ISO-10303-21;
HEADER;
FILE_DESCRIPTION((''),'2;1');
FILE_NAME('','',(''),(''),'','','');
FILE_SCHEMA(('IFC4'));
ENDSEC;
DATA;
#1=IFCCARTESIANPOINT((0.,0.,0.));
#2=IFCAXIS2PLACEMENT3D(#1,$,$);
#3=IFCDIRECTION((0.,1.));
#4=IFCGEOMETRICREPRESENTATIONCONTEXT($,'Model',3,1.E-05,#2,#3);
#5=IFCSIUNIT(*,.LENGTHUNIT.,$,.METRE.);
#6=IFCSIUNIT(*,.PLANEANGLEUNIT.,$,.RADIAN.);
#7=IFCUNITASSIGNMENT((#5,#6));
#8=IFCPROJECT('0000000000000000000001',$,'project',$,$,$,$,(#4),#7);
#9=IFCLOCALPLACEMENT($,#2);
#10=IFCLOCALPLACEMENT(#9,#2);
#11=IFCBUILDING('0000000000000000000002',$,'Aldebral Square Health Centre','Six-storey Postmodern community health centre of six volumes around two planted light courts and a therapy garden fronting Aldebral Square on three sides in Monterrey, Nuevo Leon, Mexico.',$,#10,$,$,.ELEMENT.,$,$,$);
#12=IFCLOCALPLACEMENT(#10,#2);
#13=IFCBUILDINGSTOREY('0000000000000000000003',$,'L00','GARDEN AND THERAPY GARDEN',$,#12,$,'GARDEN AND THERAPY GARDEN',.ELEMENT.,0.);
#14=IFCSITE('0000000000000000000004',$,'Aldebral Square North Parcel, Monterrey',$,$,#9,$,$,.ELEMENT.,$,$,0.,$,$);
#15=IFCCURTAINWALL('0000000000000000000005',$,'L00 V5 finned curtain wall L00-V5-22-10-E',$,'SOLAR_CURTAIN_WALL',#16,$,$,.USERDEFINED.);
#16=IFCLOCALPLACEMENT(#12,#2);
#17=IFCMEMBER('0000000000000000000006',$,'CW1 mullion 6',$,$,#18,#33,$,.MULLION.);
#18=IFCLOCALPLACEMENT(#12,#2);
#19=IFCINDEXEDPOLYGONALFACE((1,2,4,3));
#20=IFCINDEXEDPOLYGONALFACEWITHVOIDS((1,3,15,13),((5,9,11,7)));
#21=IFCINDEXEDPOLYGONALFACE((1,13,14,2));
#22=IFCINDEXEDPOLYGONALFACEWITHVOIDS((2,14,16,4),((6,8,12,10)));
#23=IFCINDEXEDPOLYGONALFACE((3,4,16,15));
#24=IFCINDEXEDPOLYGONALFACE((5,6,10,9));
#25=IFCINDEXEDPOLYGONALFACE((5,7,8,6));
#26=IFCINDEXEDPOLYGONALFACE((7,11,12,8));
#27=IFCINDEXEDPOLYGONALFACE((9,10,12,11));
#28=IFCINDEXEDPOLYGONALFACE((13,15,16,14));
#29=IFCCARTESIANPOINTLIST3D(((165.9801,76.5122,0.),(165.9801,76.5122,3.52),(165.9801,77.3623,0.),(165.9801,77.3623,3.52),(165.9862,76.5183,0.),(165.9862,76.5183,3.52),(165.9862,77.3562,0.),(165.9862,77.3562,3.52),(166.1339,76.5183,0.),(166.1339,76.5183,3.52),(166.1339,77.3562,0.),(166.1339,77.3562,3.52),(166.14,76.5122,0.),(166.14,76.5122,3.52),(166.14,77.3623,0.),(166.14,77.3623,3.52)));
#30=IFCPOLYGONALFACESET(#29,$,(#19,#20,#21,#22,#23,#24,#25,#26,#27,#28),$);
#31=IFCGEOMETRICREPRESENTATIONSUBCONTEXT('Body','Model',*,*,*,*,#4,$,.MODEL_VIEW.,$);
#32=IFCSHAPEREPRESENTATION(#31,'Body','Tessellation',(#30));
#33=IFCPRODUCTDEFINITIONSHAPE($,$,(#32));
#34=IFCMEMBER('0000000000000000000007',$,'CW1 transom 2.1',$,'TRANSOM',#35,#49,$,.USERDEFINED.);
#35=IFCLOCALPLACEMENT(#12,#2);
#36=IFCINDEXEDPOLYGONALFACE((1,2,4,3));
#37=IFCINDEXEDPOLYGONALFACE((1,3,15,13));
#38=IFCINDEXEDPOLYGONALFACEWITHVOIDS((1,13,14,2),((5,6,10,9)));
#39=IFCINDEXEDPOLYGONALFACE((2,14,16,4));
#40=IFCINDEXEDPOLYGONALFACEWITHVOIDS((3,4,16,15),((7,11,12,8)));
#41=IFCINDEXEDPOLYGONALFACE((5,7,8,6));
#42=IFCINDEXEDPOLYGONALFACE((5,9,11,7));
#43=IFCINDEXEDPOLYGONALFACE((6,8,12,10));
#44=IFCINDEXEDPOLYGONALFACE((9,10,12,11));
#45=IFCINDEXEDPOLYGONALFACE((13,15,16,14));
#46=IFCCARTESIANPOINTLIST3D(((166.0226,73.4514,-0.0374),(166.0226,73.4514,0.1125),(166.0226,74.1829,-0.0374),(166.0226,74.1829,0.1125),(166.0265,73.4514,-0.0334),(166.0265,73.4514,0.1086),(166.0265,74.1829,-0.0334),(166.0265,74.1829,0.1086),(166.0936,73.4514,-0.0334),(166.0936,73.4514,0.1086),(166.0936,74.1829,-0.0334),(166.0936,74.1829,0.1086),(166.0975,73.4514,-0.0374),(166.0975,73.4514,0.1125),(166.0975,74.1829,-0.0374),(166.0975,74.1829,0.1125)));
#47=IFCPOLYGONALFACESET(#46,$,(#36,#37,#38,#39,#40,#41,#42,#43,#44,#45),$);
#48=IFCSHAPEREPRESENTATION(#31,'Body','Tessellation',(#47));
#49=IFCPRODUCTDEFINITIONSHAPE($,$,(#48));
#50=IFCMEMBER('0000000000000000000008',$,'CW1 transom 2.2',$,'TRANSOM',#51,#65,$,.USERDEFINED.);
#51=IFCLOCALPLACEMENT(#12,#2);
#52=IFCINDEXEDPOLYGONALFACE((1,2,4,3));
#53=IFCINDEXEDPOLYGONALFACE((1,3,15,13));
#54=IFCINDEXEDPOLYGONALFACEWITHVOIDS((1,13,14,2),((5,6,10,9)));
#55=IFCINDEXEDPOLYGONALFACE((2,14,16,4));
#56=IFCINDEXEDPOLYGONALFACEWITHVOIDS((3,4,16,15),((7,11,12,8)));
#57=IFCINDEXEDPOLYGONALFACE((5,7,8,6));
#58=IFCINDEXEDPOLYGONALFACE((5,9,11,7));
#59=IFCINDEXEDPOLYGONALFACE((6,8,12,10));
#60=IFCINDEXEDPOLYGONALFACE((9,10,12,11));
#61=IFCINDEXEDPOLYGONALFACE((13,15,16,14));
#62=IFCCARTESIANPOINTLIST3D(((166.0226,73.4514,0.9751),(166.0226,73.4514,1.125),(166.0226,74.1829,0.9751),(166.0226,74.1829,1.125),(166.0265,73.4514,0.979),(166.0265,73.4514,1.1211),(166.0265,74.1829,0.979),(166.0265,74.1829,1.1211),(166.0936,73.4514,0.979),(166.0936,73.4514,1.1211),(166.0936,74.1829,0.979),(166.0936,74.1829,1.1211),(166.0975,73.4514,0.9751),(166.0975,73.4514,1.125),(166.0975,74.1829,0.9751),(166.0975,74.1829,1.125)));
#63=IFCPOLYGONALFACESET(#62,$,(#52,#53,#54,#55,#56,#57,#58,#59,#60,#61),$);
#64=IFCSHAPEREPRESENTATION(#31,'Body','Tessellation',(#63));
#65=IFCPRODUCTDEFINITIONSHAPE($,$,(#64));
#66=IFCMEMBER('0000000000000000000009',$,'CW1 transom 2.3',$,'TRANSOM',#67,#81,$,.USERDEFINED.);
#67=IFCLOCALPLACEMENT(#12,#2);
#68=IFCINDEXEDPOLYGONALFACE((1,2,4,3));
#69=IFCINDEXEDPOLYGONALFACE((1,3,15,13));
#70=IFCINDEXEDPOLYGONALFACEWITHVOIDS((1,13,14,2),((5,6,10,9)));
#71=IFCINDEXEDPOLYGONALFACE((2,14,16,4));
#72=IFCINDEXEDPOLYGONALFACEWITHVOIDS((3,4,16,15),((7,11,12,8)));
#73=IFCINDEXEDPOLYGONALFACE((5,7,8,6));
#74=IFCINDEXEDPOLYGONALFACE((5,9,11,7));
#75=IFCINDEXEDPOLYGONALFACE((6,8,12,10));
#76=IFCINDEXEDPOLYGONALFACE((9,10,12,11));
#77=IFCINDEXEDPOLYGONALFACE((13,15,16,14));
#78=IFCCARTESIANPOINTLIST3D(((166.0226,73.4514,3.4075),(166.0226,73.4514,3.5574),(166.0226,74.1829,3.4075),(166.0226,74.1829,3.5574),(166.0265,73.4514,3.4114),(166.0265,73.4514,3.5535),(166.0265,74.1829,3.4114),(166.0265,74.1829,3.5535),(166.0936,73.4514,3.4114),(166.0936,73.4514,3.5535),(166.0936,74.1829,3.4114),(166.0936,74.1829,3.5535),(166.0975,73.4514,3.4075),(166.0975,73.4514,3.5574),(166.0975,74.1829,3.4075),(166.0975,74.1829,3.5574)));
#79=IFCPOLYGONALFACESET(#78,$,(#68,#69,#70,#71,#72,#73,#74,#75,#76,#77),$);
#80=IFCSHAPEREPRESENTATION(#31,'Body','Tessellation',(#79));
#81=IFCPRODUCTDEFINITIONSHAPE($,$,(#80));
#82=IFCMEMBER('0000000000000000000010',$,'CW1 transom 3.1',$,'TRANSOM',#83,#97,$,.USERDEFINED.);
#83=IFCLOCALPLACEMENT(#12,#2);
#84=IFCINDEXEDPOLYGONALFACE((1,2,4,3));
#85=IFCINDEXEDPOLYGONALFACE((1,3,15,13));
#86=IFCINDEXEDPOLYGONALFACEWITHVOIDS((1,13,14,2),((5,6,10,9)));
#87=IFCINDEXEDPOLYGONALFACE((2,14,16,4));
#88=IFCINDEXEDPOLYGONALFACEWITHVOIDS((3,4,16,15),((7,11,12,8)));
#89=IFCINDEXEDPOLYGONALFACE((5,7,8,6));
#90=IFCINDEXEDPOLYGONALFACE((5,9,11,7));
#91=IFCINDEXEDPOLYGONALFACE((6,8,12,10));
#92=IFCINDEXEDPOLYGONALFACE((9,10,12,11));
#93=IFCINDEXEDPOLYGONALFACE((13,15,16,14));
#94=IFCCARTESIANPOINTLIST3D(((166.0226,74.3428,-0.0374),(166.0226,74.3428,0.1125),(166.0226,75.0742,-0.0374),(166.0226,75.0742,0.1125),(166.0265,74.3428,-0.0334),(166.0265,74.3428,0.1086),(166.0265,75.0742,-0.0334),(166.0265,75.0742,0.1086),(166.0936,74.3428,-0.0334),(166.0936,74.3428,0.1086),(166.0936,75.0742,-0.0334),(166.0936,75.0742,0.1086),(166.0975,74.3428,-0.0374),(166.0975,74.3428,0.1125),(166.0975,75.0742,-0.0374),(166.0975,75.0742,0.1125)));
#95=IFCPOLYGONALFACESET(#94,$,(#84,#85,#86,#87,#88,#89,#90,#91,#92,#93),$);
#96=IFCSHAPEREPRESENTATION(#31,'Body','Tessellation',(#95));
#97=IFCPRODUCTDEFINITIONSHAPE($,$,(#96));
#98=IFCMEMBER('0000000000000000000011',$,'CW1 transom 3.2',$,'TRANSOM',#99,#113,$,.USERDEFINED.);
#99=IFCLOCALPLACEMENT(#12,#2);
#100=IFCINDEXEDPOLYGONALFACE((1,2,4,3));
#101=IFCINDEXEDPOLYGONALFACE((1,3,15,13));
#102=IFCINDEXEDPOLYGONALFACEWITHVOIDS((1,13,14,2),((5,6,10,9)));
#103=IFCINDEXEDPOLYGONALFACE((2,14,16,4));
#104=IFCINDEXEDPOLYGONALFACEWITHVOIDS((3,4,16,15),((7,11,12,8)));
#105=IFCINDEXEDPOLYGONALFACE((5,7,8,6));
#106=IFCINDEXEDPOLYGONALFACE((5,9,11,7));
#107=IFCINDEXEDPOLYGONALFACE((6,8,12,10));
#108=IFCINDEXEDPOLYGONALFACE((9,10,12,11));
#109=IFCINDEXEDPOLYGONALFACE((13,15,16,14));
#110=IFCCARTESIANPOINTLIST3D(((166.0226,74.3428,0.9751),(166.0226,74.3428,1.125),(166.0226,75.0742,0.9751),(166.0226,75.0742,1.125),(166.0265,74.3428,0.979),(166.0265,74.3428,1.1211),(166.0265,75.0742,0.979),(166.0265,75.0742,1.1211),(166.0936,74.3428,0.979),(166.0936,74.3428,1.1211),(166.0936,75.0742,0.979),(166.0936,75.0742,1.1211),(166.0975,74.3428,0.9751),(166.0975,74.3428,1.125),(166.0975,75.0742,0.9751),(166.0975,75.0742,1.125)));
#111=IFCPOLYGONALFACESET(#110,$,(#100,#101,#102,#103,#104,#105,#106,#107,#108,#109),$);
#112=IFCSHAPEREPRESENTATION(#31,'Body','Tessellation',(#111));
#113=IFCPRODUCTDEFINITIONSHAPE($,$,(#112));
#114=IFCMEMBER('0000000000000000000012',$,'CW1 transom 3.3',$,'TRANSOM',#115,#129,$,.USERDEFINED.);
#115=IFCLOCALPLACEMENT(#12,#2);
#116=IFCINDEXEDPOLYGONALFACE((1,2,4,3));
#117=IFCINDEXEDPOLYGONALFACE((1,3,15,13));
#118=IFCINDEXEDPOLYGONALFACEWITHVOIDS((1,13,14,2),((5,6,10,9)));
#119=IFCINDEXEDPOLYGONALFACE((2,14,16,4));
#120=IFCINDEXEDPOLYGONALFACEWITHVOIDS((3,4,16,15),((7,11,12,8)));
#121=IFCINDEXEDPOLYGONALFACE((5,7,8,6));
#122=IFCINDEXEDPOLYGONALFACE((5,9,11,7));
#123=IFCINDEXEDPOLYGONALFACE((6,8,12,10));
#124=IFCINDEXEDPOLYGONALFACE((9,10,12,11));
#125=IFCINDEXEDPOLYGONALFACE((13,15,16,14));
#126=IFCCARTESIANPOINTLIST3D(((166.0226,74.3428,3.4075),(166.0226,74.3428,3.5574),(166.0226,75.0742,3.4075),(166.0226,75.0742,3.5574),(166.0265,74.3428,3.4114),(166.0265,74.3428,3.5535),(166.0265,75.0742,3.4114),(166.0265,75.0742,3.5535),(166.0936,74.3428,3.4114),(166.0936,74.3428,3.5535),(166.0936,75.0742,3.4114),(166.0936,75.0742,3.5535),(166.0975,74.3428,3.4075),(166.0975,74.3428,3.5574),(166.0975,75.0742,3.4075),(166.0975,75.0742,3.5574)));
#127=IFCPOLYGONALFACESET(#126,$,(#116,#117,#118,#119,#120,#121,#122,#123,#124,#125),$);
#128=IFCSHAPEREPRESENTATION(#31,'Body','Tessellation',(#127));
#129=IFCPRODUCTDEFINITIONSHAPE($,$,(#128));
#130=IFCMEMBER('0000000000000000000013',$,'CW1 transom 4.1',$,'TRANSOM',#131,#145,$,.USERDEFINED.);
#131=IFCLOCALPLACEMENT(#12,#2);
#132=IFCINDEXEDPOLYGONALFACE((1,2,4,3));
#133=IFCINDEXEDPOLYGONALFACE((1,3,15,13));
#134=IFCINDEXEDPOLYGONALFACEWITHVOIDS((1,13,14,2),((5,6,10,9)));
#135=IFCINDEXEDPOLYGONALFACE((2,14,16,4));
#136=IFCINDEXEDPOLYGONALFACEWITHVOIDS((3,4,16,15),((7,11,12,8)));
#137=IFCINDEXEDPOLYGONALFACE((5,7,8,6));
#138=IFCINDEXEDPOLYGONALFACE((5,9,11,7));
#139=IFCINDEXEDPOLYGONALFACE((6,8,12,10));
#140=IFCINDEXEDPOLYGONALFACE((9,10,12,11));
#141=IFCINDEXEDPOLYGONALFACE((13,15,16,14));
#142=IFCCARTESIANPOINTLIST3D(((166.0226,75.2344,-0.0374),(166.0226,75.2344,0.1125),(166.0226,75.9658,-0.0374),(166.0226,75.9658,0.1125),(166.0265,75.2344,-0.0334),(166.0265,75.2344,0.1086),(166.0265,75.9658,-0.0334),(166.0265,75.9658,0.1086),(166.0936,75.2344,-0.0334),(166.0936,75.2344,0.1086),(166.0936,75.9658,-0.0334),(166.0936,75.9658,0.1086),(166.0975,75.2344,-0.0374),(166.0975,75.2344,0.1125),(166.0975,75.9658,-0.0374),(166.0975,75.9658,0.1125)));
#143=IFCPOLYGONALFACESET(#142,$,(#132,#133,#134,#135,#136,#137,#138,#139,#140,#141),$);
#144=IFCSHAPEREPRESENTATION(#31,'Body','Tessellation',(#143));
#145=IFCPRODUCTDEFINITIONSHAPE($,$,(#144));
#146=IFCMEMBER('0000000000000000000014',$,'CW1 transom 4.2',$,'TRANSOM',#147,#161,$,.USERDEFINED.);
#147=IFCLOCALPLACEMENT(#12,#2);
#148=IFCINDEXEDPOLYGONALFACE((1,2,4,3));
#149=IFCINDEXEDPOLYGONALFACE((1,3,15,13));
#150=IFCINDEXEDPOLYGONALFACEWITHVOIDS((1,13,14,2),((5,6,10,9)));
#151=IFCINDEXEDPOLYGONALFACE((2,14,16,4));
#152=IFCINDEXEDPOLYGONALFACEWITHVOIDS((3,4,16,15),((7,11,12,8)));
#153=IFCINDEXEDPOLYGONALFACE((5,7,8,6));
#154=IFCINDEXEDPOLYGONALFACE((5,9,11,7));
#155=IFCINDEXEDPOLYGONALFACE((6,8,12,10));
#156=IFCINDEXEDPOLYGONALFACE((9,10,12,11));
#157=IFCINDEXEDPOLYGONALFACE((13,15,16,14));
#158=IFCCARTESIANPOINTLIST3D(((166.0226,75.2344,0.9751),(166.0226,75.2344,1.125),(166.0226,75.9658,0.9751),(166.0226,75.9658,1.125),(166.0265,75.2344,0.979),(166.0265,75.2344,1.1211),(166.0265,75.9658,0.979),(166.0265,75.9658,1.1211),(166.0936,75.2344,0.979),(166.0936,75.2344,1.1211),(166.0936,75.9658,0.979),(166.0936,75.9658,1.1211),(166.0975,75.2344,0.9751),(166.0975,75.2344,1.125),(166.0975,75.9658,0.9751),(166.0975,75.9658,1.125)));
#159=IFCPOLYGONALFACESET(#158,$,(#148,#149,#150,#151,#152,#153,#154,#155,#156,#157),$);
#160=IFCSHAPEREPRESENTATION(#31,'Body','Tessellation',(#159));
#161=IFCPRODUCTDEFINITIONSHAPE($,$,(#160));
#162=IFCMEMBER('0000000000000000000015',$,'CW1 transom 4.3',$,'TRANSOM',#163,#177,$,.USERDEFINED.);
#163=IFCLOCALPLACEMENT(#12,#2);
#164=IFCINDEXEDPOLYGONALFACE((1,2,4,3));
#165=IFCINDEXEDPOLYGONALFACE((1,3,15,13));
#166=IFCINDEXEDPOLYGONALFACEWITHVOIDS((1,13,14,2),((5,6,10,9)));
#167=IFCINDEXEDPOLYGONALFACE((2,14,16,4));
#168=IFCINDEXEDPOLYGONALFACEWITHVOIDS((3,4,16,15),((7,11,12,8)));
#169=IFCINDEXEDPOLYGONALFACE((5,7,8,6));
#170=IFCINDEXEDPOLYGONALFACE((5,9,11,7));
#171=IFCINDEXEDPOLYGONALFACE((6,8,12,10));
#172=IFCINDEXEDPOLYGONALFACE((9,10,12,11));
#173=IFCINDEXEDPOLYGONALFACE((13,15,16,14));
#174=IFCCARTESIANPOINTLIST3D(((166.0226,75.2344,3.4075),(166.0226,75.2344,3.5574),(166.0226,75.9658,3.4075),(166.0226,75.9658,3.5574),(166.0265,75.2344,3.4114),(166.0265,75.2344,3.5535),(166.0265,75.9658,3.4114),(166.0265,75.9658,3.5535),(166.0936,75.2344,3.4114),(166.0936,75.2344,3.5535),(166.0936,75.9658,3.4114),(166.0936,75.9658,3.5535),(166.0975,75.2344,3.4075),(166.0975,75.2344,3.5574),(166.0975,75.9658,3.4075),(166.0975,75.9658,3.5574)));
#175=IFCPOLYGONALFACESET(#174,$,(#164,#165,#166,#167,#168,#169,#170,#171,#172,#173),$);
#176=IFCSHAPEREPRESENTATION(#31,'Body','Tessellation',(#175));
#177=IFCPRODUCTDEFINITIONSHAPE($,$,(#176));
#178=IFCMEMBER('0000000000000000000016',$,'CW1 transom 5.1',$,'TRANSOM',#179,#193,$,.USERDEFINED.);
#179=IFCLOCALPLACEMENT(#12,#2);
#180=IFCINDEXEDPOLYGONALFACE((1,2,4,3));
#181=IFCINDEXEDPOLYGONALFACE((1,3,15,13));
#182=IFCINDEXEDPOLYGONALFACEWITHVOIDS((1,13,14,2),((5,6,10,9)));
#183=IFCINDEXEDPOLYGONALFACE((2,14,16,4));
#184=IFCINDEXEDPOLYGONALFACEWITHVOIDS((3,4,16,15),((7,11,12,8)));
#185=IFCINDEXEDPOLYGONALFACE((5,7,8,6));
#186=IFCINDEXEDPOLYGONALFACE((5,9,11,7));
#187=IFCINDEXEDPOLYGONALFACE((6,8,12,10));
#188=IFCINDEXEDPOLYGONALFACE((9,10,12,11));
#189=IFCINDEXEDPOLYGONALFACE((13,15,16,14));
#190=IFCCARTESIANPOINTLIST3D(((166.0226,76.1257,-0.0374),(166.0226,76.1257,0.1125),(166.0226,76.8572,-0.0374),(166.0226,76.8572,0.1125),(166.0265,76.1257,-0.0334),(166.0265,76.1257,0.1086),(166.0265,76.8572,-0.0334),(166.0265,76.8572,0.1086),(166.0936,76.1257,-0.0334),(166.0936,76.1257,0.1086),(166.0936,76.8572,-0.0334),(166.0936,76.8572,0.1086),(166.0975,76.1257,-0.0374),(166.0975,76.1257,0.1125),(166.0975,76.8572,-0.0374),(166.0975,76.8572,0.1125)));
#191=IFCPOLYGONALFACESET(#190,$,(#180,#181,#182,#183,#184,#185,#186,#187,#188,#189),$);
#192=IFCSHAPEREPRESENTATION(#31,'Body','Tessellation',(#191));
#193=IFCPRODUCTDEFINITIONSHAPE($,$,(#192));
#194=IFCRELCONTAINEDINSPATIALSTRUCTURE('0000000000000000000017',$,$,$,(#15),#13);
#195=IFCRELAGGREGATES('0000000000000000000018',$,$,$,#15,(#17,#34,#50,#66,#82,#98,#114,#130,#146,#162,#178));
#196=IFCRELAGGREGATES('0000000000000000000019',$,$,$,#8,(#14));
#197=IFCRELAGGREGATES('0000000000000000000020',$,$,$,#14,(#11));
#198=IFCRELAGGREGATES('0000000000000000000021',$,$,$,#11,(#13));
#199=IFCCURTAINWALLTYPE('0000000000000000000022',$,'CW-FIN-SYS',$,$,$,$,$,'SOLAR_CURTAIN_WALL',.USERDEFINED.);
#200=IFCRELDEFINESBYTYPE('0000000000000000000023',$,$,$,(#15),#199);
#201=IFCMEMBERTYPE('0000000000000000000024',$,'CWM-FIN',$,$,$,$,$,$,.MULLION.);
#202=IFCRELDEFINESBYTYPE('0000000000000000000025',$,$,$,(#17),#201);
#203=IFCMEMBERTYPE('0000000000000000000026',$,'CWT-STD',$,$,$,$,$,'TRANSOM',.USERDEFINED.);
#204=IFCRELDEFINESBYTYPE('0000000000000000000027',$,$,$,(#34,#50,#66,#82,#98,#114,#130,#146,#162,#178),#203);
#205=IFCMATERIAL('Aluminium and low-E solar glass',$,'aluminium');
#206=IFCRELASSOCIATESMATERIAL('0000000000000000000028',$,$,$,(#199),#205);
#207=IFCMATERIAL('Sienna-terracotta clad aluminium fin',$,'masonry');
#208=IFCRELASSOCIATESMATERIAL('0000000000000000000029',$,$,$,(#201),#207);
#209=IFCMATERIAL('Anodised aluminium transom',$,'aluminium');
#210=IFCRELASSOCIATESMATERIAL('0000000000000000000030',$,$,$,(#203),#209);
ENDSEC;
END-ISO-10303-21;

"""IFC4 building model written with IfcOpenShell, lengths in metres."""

from ifc_helpers import new_model, si_unit, direction, frame, origin, origin_2d, place, context, subcontext, project, spatial, hollow_rectangle, extrude, material, material_profile, profile_set, type_object, element, aggregate, save


model = new_model("IFC4")

# Units and contexts
model_context = context("Model", 3, precision=1e-05, world=origin(), true_north=direction((0.0, 1.0)))
body_context = subcontext(model_context, "Body", "Model", "MODEL_VIEW")
ifc_project = project(units=[si_unit("LENGTHUNIT", "METRE"), si_unit("PLANEANGLEUNIT", "RADIAN")], contexts=[model_context])

# Site, building, storey
site_placement = place(None, origin())
site = spatial("IfcSite", under=ifc_project, at=site_placement, Name="Aldebral Square North Parcel, Monterrey", CompositionType="ELEMENT", RefElevation=0.0)
building_placement = place(site_placement, origin())
building = spatial("IfcBuilding", under=site, at=building_placement, Name="Aldebral Square Health Centre", Description="Six-storey Postmodern community health centre of six volumes around two planted light courts and a therapy garden fronting Aldebral Square on three sides in Monterrey, Nuevo Leon, Mexico.", CompositionType="ELEMENT")
storey_placement = place(building_placement, origin())
storey = spatial("IfcBuildingStorey", under=building, at=storey_placement, Name="L00", Description="GARDEN AND THERAPY GARDEN", LongName="GARDEN AND THERAPY GARDEN", CompositionType="ELEMENT", Elevation=0.0)

# Curtain wall, members
ifc_material_1 = material(Name="Aluminium and low-E solar glass", Category="aluminium")
curtain_wall_type = type_object("IfcCurtainWallType", Name="CW-FIN-SYS", ElementType="SOLAR_CURTAIN_WALL", PredefinedType="USERDEFINED", material=ifc_material_1)
curtain_wall_placement = place(storey_placement, origin())
curtain_wall = element("IfcCurtainWall", 1, at=curtain_wall_placement, inside=storey, type_object=curtain_wall_type, Name="L00 V5 finned curtain wall L00-V5-22-10-E", ObjectType="SOLAR_CURTAIN_WALL", PredefinedType="USERDEFINED")
ifc_material_2 = material(Name="Sienna-terracotta clad aluminium fin", Category="masonry")
ifc_material_profile_1 = material_profile(ifc_material_2, hollow_rectangle(XDim=0.1599, YDim=0.8501, WallThickness=0.0061, at=origin_2d()), Name="FIN 160x850x6")
ifc_profile_set_1 = profile_set([ifc_material_profile_1], Name="Sienna-terracotta clad aluminium fin")
member_type_1 = type_object("IfcMemberType", Name="CWM-FIN", PredefinedType="MULLION", material=ifc_profile_set_1)
member_1_placement = place(storey_placement, frame((166.0601, 76.9373, 0.0), z_axis=(0.0, 0.0, 1.0), x_axis=(-1.0, 0.0, 0.0)))
member_1 = element("IfcMember", 2, at=member_1_placement, type_object=member_type_1, Name="CW1 mullion 6", PredefinedType="MULLION", context=body_context, shape_type="SweptSolid", body=[
    extrude(hollow_rectangle(XDim=0.1599, YDim=0.8501, WallThickness=0.0061, at=origin_2d()), origin(), (0.0, 0.0, 1.0), 3.52),
])
ifc_material_3 = material(Name="Anodised aluminium transom", Category="aluminium")
ifc_material_profile_2 = material_profile(ifc_material_3, hollow_rectangle(XDim=0.075, YDim=0.1499, WallThickness=0.0039, at=origin_2d()), Name="CWT 75x150x4")
ifc_profile_set_2 = profile_set([ifc_material_profile_2], Name="Anodised aluminium transom")
member_type_2 = type_object("IfcMemberType", Name="CWT-STD", ElementType="TRANSOM", PredefinedType="USERDEFINED", material=ifc_profile_set_2)
member_2_placement = place(storey_placement, frame((166.0601, 73.4514, 0.0376), z_axis=(0.0, 1.0, 0.0), x_axis=(-1.0, 0.0, 0.0)))
member_2 = element("IfcMember", 3, at=member_2_placement, type_object=member_type_2, Name="CW1 transom 2.1", ObjectType="TRANSOM", PredefinedType="USERDEFINED", context=body_context, shape_type="SweptSolid", body=[
    extrude(hollow_rectangle(XDim=0.075, YDim=0.1499, WallThickness=0.0039, at=origin_2d()), origin(), (0.0, 0.0, 1.0), 0.7314),
])
member_3_placement = place(storey_placement, frame((166.0601, 73.4514, 1.05), z_axis=(0.0, 1.0, 0.0), x_axis=(-1.0, 0.0, 0.0)))
member_3 = element("IfcMember", 4, at=member_3_placement, type_object=member_type_2, Name="CW1 transom 2.2", ObjectType="TRANSOM", PredefinedType="USERDEFINED", context=body_context, shape_type="SweptSolid", body=[
    extrude(hollow_rectangle(XDim=0.075, YDim=0.1499, WallThickness=0.0039, at=origin_2d()), origin(), (0.0, 0.0, 1.0), 0.7314),
])
member_4_placement = place(storey_placement, frame((166.0601, 73.4514, 3.4824), z_axis=(0.0, 1.0, 0.0), x_axis=(-1.0, 0.0, 0.0)))
member_4 = element("IfcMember", 5, at=member_4_placement, type_object=member_type_2, Name="CW1 transom 2.3", ObjectType="TRANSOM", PredefinedType="USERDEFINED", context=body_context, shape_type="SweptSolid", body=[
    extrude(hollow_rectangle(XDim=0.075, YDim=0.1499, WallThickness=0.0039, at=origin_2d()), origin(), (0.0, 0.0, 1.0), 0.7314),
])
member_5_placement = place(storey_placement, frame((166.0601, 74.3428, 0.0376), z_axis=(0.0, 1.0, 0.0), x_axis=(-1.0, 0.0, 0.0)))
member_5 = element("IfcMember", 6, at=member_5_placement, type_object=member_type_2, Name="CW1 transom 3.1", ObjectType="TRANSOM", PredefinedType="USERDEFINED", context=body_context, shape_type="SweptSolid", body=[
    extrude(hollow_rectangle(XDim=0.075, YDim=0.1499, WallThickness=0.0039, at=origin_2d()), origin(), (0.0, 0.0, 1.0), 0.7314),
])
member_6_placement = place(storey_placement, frame((166.0601, 74.3428, 1.05), z_axis=(0.0, 1.0, 0.0), x_axis=(-1.0, 0.0, 0.0)))
member_6 = element("IfcMember", 7, at=member_6_placement, type_object=member_type_2, Name="CW1 transom 3.2", ObjectType="TRANSOM", PredefinedType="USERDEFINED", context=body_context, shape_type="SweptSolid", body=[
    extrude(hollow_rectangle(XDim=0.075, YDim=0.1499, WallThickness=0.0039, at=origin_2d()), origin(), (0.0, 0.0, 1.0), 0.7314),
])
member_7_placement = place(storey_placement, frame((166.0601, 74.3428, 3.4824), z_axis=(0.0, 1.0, 0.0), x_axis=(-1.0, 0.0, 0.0)))
member_7 = element("IfcMember", 8, at=member_7_placement, type_object=member_type_2, Name="CW1 transom 3.3", ObjectType="TRANSOM", PredefinedType="USERDEFINED", context=body_context, shape_type="SweptSolid", body=[
    extrude(hollow_rectangle(XDim=0.075, YDim=0.1499, WallThickness=0.0039, at=origin_2d()), origin(), (0.0, 0.0, 1.0), 0.7314),
])
member_8_placement = place(storey_placement, frame((166.0601, 75.2344, 0.0376), z_axis=(0.0, 1.0, 0.0), x_axis=(-1.0, 0.0, 0.0)))
member_8 = element("IfcMember", 9, at=member_8_placement, type_object=member_type_2, Name="CW1 transom 4.1", ObjectType="TRANSOM", PredefinedType="USERDEFINED", context=body_context, shape_type="SweptSolid", body=[
    extrude(hollow_rectangle(XDim=0.075, YDim=0.1499, WallThickness=0.0039, at=origin_2d()), origin(), (0.0, 0.0, 1.0), 0.7314),
])
member_9_placement = place(storey_placement, frame((166.0601, 75.2344, 1.05), z_axis=(0.0, 1.0, 0.0), x_axis=(-1.0, 0.0, 0.0)))
member_9 = element("IfcMember", 10, at=member_9_placement, type_object=member_type_2, Name="CW1 transom 4.2", ObjectType="TRANSOM", PredefinedType="USERDEFINED", context=body_context, shape_type="SweptSolid", body=[
    extrude(hollow_rectangle(XDim=0.075, YDim=0.1499, WallThickness=0.0039, at=origin_2d()), origin(), (0.0, 0.0, 1.0), 0.7314),
])
member_10_placement = place(storey_placement, frame((166.0601, 75.2344, 3.4824), z_axis=(0.0, 1.0, 0.0), x_axis=(-1.0, 0.0, 0.0)))
member_10 = element("IfcMember", 11, at=member_10_placement, type_object=member_type_2, Name="CW1 transom 4.3", ObjectType="TRANSOM", PredefinedType="USERDEFINED", context=body_context, shape_type="SweptSolid", body=[
    extrude(hollow_rectangle(XDim=0.075, YDim=0.1499, WallThickness=0.0039, at=origin_2d()), origin(), (0.0, 0.0, 1.0), 0.7314),
])
member_11_placement = place(storey_placement, frame((166.0601, 76.1257, 0.0376), z_axis=(0.0, 1.0, 0.0), x_axis=(-1.0, 0.0, 0.0)))
member_11 = element("IfcMember", 12, at=member_11_placement, type_object=member_type_2, Name="CW1 transom 5.1", ObjectType="TRANSOM", PredefinedType="USERDEFINED", context=body_context, shape_type="SweptSolid", body=[
    extrude(hollow_rectangle(XDim=0.075, YDim=0.1499, WallThickness=0.0039, at=origin_2d()), origin(), (0.0, 0.0, 1.0), 0.7314),
])
aggregate(curtain_wall, [member_1, member_2, member_3, member_4, member_5, member_6, member_7, member_8, member_9, member_10, member_11])

save(model, "model.ifc")
